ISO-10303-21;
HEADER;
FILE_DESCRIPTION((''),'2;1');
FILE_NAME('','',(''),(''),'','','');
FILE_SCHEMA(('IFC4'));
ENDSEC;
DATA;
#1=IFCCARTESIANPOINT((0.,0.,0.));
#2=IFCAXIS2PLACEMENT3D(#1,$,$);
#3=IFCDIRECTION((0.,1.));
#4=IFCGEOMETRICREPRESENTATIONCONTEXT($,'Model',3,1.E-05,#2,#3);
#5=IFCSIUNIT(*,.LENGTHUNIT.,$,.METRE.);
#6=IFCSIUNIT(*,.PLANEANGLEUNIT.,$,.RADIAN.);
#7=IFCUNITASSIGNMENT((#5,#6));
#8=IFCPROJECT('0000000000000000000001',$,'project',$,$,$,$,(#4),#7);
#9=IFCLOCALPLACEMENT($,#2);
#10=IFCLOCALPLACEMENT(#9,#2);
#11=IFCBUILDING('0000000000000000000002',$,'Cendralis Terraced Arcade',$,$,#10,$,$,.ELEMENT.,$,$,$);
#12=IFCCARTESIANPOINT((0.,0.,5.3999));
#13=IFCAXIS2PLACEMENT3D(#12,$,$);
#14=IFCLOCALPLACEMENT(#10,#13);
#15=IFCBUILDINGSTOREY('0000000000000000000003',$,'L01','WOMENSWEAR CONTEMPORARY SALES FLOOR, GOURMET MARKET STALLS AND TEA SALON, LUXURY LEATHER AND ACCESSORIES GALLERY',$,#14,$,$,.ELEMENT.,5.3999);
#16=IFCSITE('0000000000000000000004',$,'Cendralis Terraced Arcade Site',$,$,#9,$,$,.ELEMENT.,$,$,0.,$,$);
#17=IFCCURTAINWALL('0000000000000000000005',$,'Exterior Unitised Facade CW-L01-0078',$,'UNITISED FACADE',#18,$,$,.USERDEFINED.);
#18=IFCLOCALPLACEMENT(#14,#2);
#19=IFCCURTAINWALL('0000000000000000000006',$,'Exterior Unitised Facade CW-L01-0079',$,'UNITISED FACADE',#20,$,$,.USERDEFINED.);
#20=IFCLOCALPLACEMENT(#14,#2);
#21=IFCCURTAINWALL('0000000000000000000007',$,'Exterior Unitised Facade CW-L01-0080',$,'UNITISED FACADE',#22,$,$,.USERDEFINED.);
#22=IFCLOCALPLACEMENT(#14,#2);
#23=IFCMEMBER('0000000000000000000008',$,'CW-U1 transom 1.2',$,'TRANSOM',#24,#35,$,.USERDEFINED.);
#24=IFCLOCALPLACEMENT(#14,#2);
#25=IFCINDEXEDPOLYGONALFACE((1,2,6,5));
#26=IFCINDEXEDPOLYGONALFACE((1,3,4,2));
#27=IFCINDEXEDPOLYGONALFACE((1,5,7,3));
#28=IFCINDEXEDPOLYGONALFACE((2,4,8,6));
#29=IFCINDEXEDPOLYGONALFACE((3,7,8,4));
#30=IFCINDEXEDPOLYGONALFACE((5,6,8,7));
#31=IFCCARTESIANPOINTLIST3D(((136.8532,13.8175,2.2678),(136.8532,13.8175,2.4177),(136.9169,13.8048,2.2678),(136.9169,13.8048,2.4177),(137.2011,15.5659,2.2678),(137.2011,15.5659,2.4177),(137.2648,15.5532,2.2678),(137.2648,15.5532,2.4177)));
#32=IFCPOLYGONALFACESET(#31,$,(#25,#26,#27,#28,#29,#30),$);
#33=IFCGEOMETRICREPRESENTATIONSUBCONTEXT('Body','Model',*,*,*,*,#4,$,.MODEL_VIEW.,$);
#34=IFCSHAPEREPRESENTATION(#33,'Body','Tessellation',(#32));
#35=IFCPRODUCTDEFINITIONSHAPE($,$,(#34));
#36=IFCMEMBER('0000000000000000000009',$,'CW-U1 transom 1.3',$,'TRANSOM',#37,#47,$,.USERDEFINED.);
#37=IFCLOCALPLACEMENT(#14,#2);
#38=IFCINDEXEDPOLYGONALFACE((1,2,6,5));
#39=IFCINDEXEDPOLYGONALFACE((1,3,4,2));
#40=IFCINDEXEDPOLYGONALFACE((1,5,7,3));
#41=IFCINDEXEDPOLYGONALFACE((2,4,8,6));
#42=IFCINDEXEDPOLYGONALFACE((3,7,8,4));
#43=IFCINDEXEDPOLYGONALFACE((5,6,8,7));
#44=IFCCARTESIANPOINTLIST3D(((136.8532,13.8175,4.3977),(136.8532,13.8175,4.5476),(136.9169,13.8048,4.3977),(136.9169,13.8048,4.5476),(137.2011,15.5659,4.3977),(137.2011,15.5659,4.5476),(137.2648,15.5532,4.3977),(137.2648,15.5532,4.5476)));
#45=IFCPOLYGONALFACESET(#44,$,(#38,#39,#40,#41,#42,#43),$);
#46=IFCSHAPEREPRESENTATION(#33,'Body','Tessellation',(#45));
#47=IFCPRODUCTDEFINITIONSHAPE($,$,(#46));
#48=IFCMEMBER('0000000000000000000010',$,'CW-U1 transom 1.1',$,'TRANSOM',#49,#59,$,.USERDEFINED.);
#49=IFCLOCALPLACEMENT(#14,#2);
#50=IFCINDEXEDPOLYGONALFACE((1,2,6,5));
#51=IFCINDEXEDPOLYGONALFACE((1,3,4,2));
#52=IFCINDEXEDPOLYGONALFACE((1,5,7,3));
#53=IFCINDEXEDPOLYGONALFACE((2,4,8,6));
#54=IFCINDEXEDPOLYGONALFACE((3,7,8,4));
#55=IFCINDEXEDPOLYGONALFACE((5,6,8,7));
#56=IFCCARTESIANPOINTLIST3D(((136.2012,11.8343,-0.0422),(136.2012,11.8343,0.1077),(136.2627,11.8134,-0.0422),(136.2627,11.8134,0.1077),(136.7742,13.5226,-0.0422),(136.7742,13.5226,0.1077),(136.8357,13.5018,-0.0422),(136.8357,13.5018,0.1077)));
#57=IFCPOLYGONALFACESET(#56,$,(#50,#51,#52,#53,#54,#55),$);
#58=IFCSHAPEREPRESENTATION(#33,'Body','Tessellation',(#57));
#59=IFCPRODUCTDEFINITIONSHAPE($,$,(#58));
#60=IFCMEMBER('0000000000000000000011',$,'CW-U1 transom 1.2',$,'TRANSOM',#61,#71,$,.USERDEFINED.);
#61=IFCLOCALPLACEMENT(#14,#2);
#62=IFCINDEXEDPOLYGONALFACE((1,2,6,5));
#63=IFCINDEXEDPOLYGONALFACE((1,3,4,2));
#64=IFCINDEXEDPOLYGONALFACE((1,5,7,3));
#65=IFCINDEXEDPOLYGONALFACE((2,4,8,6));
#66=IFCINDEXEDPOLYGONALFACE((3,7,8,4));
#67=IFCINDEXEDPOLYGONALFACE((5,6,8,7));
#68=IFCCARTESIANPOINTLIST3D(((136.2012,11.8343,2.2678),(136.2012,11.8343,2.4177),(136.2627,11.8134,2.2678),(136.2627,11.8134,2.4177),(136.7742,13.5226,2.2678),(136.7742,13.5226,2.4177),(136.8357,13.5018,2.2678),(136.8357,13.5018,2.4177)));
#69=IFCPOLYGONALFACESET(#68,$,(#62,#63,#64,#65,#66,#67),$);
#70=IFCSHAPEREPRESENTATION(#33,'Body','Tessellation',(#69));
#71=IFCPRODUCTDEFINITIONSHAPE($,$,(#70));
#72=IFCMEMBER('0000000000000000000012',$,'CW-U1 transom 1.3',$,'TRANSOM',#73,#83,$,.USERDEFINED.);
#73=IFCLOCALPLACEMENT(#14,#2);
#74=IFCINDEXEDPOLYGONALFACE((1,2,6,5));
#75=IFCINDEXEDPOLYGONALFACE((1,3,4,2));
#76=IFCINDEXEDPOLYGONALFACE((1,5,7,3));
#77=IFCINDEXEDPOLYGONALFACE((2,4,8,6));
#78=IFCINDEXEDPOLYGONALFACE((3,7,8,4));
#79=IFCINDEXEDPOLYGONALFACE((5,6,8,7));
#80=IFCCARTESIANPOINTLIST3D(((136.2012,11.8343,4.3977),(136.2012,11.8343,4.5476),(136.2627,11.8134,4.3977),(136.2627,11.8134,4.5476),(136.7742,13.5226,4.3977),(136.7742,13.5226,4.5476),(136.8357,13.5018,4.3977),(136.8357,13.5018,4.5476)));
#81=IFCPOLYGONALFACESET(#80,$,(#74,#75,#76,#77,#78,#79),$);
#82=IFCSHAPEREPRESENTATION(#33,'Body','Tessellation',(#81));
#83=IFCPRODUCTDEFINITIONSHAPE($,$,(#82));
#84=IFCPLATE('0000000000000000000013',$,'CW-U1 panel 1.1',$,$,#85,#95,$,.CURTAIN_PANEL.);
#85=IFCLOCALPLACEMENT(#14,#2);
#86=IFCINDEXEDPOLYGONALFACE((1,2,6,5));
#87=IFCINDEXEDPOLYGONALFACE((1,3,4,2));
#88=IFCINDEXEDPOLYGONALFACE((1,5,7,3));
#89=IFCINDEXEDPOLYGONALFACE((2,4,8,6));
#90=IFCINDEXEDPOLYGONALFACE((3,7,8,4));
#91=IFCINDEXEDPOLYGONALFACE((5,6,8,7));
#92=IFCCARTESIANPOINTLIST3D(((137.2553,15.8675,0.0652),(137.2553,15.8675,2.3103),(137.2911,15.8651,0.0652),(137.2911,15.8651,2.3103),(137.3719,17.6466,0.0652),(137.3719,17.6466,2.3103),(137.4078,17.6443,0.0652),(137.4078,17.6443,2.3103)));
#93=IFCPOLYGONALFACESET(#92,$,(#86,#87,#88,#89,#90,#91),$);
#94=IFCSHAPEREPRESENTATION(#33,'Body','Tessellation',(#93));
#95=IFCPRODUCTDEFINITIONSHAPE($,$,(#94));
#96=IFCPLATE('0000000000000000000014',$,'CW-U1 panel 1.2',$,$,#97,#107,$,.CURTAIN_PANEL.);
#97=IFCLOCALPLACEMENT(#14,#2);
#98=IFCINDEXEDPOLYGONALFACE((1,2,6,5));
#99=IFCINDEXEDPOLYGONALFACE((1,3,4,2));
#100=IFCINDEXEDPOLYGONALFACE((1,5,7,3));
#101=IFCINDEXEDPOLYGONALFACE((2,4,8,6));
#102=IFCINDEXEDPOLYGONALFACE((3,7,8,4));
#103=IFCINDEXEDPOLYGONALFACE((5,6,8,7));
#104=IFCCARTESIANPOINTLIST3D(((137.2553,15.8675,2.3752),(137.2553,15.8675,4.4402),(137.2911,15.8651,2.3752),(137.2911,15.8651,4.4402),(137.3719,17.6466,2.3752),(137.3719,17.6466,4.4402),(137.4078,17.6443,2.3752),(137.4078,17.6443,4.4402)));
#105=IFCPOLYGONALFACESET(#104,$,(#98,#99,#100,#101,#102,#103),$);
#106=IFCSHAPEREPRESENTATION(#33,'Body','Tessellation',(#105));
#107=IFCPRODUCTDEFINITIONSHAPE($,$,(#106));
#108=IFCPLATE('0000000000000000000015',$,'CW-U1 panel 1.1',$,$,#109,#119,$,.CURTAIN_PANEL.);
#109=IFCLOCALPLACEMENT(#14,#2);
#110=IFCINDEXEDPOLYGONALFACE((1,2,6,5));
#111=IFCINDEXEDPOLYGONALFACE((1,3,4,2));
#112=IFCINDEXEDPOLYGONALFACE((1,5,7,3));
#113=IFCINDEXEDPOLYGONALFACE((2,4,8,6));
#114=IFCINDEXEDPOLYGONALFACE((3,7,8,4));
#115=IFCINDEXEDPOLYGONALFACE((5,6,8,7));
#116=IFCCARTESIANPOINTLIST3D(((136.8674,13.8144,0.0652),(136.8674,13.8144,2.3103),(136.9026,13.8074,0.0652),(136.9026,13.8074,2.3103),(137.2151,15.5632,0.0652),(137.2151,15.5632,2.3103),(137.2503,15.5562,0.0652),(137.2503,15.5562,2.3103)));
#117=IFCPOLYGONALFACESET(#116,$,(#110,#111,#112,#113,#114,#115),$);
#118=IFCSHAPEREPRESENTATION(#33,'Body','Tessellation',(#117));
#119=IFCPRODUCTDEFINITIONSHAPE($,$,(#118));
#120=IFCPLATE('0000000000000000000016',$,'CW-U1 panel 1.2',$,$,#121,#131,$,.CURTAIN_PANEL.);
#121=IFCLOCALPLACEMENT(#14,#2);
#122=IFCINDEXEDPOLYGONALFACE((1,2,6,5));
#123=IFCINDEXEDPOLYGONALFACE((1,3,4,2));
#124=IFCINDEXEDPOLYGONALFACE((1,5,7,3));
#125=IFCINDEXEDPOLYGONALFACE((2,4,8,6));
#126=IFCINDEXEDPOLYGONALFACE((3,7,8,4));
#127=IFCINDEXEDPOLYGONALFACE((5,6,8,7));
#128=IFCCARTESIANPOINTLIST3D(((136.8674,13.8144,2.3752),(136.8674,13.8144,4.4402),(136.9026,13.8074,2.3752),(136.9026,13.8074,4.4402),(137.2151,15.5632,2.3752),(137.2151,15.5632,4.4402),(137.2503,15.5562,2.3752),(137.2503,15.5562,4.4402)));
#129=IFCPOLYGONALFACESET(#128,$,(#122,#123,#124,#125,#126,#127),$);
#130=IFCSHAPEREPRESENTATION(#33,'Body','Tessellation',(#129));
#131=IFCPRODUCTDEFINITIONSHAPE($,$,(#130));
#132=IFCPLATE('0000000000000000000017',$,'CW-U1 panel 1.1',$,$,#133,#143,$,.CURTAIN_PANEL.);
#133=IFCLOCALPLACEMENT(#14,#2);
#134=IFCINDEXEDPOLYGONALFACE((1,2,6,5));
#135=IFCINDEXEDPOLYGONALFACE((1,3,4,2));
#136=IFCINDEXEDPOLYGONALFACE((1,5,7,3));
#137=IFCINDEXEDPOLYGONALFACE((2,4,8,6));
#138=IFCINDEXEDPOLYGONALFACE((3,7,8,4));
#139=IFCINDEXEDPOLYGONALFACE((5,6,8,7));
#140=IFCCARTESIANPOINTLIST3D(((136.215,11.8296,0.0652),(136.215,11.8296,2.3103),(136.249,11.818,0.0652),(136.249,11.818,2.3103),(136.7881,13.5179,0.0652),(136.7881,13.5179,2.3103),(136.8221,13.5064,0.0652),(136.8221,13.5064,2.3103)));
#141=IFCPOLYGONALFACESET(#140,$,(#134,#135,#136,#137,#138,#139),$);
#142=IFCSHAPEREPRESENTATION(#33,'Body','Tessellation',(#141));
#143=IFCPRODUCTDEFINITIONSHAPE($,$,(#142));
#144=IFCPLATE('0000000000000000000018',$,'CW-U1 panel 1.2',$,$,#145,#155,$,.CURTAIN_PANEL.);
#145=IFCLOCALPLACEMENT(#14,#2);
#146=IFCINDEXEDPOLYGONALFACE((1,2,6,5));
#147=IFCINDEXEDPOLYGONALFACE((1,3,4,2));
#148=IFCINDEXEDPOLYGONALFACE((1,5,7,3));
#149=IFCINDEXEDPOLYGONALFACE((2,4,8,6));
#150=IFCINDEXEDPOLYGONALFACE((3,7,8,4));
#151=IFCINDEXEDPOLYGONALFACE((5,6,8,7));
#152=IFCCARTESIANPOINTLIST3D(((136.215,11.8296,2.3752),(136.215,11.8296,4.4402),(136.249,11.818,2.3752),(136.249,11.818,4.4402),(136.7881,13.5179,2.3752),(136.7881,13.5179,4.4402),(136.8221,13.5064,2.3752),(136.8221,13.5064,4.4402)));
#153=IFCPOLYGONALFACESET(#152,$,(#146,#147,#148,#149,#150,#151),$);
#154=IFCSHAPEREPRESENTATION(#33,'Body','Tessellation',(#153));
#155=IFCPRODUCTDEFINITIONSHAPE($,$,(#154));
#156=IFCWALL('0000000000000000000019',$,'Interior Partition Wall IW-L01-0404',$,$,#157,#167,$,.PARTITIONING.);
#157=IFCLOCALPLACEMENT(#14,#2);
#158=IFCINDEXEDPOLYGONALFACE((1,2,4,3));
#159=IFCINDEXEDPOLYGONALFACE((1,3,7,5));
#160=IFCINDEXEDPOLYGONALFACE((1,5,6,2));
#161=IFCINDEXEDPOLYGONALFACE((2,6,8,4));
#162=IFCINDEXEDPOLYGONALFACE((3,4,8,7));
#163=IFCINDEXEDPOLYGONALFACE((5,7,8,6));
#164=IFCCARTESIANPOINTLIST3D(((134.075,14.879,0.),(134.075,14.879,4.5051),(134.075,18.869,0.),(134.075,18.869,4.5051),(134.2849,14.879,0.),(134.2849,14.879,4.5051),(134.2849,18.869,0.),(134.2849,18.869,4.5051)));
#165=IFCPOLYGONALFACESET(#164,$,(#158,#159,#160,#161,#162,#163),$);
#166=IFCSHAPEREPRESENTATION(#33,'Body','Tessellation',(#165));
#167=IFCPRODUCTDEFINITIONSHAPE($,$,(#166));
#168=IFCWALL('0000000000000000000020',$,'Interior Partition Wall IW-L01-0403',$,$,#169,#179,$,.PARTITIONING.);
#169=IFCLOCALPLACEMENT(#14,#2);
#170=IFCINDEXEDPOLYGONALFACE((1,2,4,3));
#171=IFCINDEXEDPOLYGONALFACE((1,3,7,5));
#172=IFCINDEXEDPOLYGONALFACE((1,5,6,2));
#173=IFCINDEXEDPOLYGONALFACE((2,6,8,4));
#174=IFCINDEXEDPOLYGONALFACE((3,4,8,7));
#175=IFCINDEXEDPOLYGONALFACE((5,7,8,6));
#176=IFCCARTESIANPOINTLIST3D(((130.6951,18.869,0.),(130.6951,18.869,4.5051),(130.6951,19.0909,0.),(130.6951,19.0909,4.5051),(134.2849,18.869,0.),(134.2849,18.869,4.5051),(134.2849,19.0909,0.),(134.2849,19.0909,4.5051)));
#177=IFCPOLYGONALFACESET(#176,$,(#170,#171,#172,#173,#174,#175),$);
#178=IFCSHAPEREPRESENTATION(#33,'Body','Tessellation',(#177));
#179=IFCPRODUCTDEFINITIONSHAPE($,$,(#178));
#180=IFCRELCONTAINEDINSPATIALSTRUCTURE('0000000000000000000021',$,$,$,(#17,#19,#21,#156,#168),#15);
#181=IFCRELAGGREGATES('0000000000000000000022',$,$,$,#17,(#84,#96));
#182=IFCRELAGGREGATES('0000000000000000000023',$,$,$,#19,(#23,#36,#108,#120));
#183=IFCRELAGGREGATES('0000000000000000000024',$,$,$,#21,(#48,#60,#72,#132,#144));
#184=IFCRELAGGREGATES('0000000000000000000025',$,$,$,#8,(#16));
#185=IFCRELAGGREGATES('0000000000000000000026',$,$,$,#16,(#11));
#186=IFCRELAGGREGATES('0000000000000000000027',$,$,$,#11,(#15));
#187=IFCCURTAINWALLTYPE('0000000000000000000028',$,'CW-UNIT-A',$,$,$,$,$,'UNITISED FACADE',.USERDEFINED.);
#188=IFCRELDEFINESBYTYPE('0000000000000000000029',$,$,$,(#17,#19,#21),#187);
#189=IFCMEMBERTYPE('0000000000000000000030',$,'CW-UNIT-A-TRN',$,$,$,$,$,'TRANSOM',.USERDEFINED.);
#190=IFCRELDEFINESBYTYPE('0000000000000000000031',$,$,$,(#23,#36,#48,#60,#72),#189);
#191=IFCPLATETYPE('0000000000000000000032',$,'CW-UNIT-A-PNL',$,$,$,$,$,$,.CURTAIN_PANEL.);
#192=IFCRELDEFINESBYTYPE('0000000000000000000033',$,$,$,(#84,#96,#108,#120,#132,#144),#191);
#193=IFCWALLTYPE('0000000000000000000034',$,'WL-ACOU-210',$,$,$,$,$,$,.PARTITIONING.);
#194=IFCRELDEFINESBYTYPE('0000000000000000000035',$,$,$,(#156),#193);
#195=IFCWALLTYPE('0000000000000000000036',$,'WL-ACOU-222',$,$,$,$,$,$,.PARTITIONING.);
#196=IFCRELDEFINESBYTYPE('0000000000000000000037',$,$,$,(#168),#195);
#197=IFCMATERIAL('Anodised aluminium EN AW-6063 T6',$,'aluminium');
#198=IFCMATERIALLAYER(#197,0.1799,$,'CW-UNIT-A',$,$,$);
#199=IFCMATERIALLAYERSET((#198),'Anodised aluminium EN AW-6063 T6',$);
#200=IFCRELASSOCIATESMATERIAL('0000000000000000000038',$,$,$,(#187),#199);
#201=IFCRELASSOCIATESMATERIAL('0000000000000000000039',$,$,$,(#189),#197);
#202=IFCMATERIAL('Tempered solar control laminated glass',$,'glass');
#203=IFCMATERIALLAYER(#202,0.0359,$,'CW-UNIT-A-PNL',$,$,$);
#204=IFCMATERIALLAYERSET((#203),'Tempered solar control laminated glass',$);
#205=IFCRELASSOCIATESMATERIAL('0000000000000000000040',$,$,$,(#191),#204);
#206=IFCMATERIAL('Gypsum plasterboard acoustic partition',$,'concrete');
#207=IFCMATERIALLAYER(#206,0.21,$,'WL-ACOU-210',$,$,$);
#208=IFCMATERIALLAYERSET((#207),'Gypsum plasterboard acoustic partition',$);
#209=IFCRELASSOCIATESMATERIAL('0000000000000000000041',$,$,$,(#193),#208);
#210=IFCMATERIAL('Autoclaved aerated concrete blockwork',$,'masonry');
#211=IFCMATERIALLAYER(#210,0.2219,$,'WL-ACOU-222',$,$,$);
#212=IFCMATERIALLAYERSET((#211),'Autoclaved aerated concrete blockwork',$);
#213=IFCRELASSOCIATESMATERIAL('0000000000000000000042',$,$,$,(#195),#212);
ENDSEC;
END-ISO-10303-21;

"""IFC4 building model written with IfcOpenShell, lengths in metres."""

from ifc_helpers import new_model, si_unit, direction, frame, frame_2d, origin, origin_2d, place, context, subcontext, project, spatial, rectangle, extrude, material, layer, layer_set, material_profile, profile_set, type_object, element, aggregate, save


model = new_model("IFC4")

# Units and contexts
model_context = context("Model", 3, precision=1e-05, world=origin(), true_north=direction((0.0, 1.0)))
body_context = subcontext(model_context, "Body", "Model", "MODEL_VIEW")
ifc_project = project(units=[si_unit("LENGTHUNIT", "METRE"), si_unit("PLANEANGLEUNIT", "RADIAN")], contexts=[model_context])

# Site, building, storey
site_placement = place(None, origin())
site = spatial("IfcSite", under=ifc_project, at=site_placement, Name="Cendralis Terraced Arcade Site", CompositionType="ELEMENT", RefElevation=0.0)
building_placement = place(site_placement, origin())
building = spatial("IfcBuilding", under=site, at=building_placement, Name="Cendralis Terraced Arcade", CompositionType="ELEMENT")
storey_placement = place(building_placement, frame((0.0, 0.0, 5.3999)))
storey = spatial("IfcBuildingStorey", under=building, at=storey_placement, Name="L01", Description="WOMENSWEAR CONTEMPORARY SALES FLOOR, GOURMET MARKET STALLS AND TEA SALON, LUXURY LEATHER AND ACCESSORIES GALLERY", CompositionType="ELEMENT", Elevation=5.3999)

# Shared definitions
ifc_material_1 = material(Name="Anodised aluminium EN AW-6063 T6", Category="aluminium")

# Curtain walls
ifc_layer_1 = layer(ifc_material_1, 0.1799, Name="CW-UNIT-A")
ifc_layer_set_1 = layer_set([ifc_layer_1], Name="Anodised aluminium EN AW-6063 T6")
curtain_wall_type_1 = type_object("IfcCurtainWallType", Name="CW-UNIT-A", ElementType="UNITISED FACADE", PredefinedType="USERDEFINED", material=ifc_layer_set_1)
curtain_wall_1_placement = place(storey_placement, origin())
curtain_wall_1 = element("IfcCurtainWall", 1, at=curtain_wall_1_placement, inside=storey, type_object=curtain_wall_type_1, Name="Exterior Unitised Facade CW-L01-0078", ObjectType="UNITISED FACADE", PredefinedType="USERDEFINED")
curtain_wall_2_placement = place(storey_placement, origin())
curtain_wall_2 = element("IfcCurtainWall", 2, at=curtain_wall_2_placement, inside=storey, type_object=curtain_wall_type_1, Name="Exterior Unitised Facade CW-L01-0079", ObjectType="UNITISED FACADE", PredefinedType="USERDEFINED")

# Curtain wall
curtain_wall_3_placement = place(storey_placement, origin())
curtain_wall_3 = element("IfcCurtainWall", 3, at=curtain_wall_3_placement, inside=storey, type_object=curtain_wall_type_1, Name="Exterior Unitised Facade CW-L01-0080", ObjectType="UNITISED FACADE", PredefinedType="USERDEFINED")

# Members
ifc_material_profile_1 = material_profile(ifc_material_1, rectangle(XDim=0.0649, YDim=0.1499, at=origin_2d()), Name="ALU-TRN-65x150")
ifc_profile_set_1 = profile_set([ifc_material_profile_1], Name="Anodised aluminium EN AW-6063 T6")
member_type_1 = type_object("IfcMemberType", Name="CW-UNIT-A-TRN", ElementType="TRANSOM", PredefinedType="USERDEFINED", material=ifc_profile_set_1)
member_1_placement = place(storey_placement, frame((137.2329, 15.5596, 2.3428), z_axis=(-0.195142, -0.980775, 0.0), x_axis=(0.980775, -0.195142, 0.0)))
member_1 = element("IfcMember", 4, at=member_1_placement, type_object=member_type_1, Name="CW-U1 transom 1.2", ObjectType="TRANSOM", PredefinedType="USERDEFINED", context=body_context, shape_type="SweptSolid", body=[
    extrude(rectangle(XDim=0.0649, YDim=0.1499, at=origin_2d()), origin(), (0.0, 0.0, 1.0), 1.7827),
])
member_2_placement = place(storey_placement, frame((137.2329, 15.5596, 4.4727), z_axis=(-0.195142, -0.980775, 0.0), x_axis=(0.980775, -0.195142, 0.0)))
member_2 = element("IfcMember", 5, at=member_2_placement, type_object=member_type_1, Name="CW-U1 transom 1.3", ObjectType="TRANSOM", PredefinedType="USERDEFINED", context=body_context, shape_type="SweptSolid", body=[
    extrude(rectangle(XDim=0.0649, YDim=0.1499, at=origin_2d()), origin(), (0.0, 0.0, 1.0), 1.7827),
])
member_3_placement = place(storey_placement, frame((136.8049, 13.5122, 0.0327), z_axis=(-0.321358, -0.946958, 0.0), x_axis=(0.946958, -0.321358, 0.0)))
member_3 = element("IfcMember", 6, at=member_3_placement, type_object=member_type_1, Name="CW-U1 transom 1.1", ObjectType="TRANSOM", PredefinedType="USERDEFINED", context=body_context, shape_type="SweptSolid", body=[
    extrude(rectangle(XDim=0.0649, YDim=0.1499, at=origin_2d()), origin(), (0.0, 0.0, 1.0), 1.783),
])
member_4_placement = place(storey_placement, frame((136.8049, 13.5122, 2.3428), z_axis=(-0.321358, -0.946958, 0.0), x_axis=(0.946958, -0.321358, 0.0)))
member_4 = element("IfcMember", 7, at=member_4_placement, type_object=member_type_1, Name="CW-U1 transom 1.2", ObjectType="TRANSOM", PredefinedType="USERDEFINED", context=body_context, shape_type="SweptSolid", body=[
    extrude(rectangle(XDim=0.0649, YDim=0.1499, at=origin_2d()), origin(), (0.0, 0.0, 1.0), 1.783),
])
member_5_placement = place(storey_placement, frame((136.8049, 13.5122, 4.4727), z_axis=(-0.321358, -0.946958, 0.0), x_axis=(0.946958, -0.321358, 0.0)))
member_5 = element("IfcMember", 8, at=member_5_placement, type_object=member_type_1, Name="CW-U1 transom 1.3", ObjectType="TRANSOM", PredefinedType="USERDEFINED", context=body_context, shape_type="SweptSolid", body=[
    extrude(rectangle(XDim=0.0649, YDim=0.1499, at=origin_2d()), origin(), (0.0, 0.0, 1.0), 1.783),
])

# Plates
ifc_material_2 = material(Name="Tempered solar control laminated glass", Category="glass")
ifc_layer_2 = layer(ifc_material_2, 0.0359, Name="CW-UNIT-A-PNL")
ifc_layer_set_2 = layer_set([ifc_layer_2], Name="Tempered solar control laminated glass")
plate_type = type_object("IfcPlateType", Name="CW-UNIT-A-PNL", PredefinedType="CURTAIN_PANEL", material=ifc_layer_set_2)
plate_1_placement = place(storey_placement, frame((137.3315, 16.7559, 0.0652), z_axis=(0.0, 0.0, 1.0), x_axis=(-0.065398, -0.997859, 0.0)))
plate_1 = element("IfcPlate", 9, at=plate_1_placement, type_object=plate_type, Name="CW-U1 panel 1.1", PredefinedType="CURTAIN_PANEL", context=body_context, shape_type="SweptSolid", body=[
    extrude(rectangle(XDim=1.783, YDim=0.0359, at=origin_2d()), origin(), (0.0, 0.0, 1.0), 2.2451),
])
plate_2_placement = place(storey_placement, frame((137.3315, 16.7559, 2.3752), z_axis=(0.0, 0.0, 1.0), x_axis=(-0.065398, -0.997859, 0.0)))
plate_2 = element("IfcPlate", 10, at=plate_2_placement, type_object=plate_type, Name="CW-U1 panel 1.2", PredefinedType="CURTAIN_PANEL", context=body_context, shape_type="SweptSolid", body=[
    extrude(rectangle(XDim=1.783, YDim=0.0359, at=origin_2d()), origin(), (0.0, 0.0, 1.0), 2.0649),
])
aggregate(curtain_wall_1, [plate_1, plate_2])
plate_3_placement = place(storey_placement, frame((137.0588, 14.6853, 0.0652), z_axis=(0.0, 0.0, 1.0), x_axis=(-0.19505, -0.980793, 0.0)))
plate_3 = element("IfcPlate", 11, at=plate_3_placement, type_object=plate_type, Name="CW-U1 panel 1.1", PredefinedType="CURTAIN_PANEL", context=body_context, shape_type="SweptSolid", body=[
    extrude(rectangle(XDim=1.783, YDim=0.0359, at=origin_2d()), origin(), (0.0, 0.0, 1.0), 2.2451),
])
plate_4_placement = place(storey_placement, frame((137.0588, 14.6853, 2.3752), z_axis=(0.0, 0.0, 1.0), x_axis=(-0.19505, -0.980793, 0.0)))
plate_4 = element("IfcPlate", 12, at=plate_4_placement, type_object=plate_type, Name="CW-U1 panel 1.2", PredefinedType="CURTAIN_PANEL", context=body_context, shape_type="SweptSolid", body=[
    extrude(rectangle(XDim=1.783, YDim=0.0359, at=origin_2d()), origin(), (0.0, 0.0, 1.0), 2.0649),
])
aggregate(curtain_wall_2, [member_1, member_2, plate_3, plate_4])
plate_5_placement = place(storey_placement, frame((136.5186, 12.668, 0.0652), z_axis=(0.0, 0.0, 1.0), x_axis=(-0.321445, -0.946928, 0.0)))
plate_5 = element("IfcPlate", 13, at=plate_5_placement, type_object=plate_type, Name="CW-U1 panel 1.1", PredefinedType="CURTAIN_PANEL", context=body_context, shape_type="SweptSolid", body=[
    extrude(rectangle(XDim=1.783, YDim=0.0359, at=origin_2d()), origin(), (0.0, 0.0, 1.0), 2.2451),
])
plate_6_placement = place(storey_placement, frame((136.5186, 12.668, 2.3752), z_axis=(0.0, 0.0, 1.0), x_axis=(-0.321445, -0.946928, 0.0)))
plate_6 = element("IfcPlate", 14, at=plate_6_placement, type_object=plate_type, Name="CW-U1 panel 1.2", PredefinedType="CURTAIN_PANEL", context=body_context, shape_type="SweptSolid", body=[
    extrude(rectangle(XDim=1.783, YDim=0.0359, at=origin_2d()), origin(), (0.0, 0.0, 1.0), 2.0649),
])
aggregate(curtain_wall_3, [member_3, member_4, member_5, plate_5, plate_6])

# Walls
ifc_material_3 = material(Name="Gypsum plasterboard acoustic partition", Category="concrete")
ifc_layer_3 = layer(ifc_material_3, 0.21, Name="WL-ACOU-210")
ifc_layer_set_3 = layer_set([ifc_layer_3], Name="Gypsum plasterboard acoustic partition")
wall_type_1 = type_object("IfcWallType", Name="WL-ACOU-210", PredefinedType="PARTITIONING", material=ifc_layer_set_3)
wall_1_placement = place(storey_placement, frame((134.1799, 14.8789, 0.0), z_axis=(0.0, 0.0, 1.0), x_axis=(0.0, 1.0, 0.0)))
element("IfcWall", 15, at=wall_1_placement, inside=storey, type_object=wall_type_1, Name="Interior Partition Wall IW-L01-0404", PredefinedType="PARTITIONING", context=body_context, shape_type="SweptSolid", body=[
    extrude(rectangle(XDim=3.99, YDim=0.21, at=frame_2d((1.9951, 0.0))), origin(), (0.0, 0.0, 1.0), 4.5051),
])
ifc_material_4 = material(Name="Autoclaved aerated concrete blockwork", Category="masonry")
ifc_layer_4 = layer(ifc_material_4, 0.2219, Name="WL-ACOU-222")
ifc_layer_set_4 = layer_set([ifc_layer_4], Name="Autoclaved aerated concrete blockwork")
wall_type_2 = type_object("IfcWallType", Name="WL-ACOU-222", PredefinedType="PARTITIONING", material=ifc_layer_set_4)
wall_2_placement = place(storey_placement, frame((134.2849, 18.98, 0.0), z_axis=(0.0, 0.0, 1.0), x_axis=(-1.0, 0.0, 0.0)))
element("IfcWall", 16, at=wall_2_placement, inside=storey, type_object=wall_type_2, Name="Interior Partition Wall IW-L01-0403", PredefinedType="PARTITIONING", context=body_context, shape_type="SweptSolid", body=[
    extrude(rectangle(XDim=3.5898, YDim=0.2219, at=frame_2d((1.7949, 0.0))), origin(), (0.0, 0.0, 1.0), 4.5051),
])

save(model, "model.ifc")
